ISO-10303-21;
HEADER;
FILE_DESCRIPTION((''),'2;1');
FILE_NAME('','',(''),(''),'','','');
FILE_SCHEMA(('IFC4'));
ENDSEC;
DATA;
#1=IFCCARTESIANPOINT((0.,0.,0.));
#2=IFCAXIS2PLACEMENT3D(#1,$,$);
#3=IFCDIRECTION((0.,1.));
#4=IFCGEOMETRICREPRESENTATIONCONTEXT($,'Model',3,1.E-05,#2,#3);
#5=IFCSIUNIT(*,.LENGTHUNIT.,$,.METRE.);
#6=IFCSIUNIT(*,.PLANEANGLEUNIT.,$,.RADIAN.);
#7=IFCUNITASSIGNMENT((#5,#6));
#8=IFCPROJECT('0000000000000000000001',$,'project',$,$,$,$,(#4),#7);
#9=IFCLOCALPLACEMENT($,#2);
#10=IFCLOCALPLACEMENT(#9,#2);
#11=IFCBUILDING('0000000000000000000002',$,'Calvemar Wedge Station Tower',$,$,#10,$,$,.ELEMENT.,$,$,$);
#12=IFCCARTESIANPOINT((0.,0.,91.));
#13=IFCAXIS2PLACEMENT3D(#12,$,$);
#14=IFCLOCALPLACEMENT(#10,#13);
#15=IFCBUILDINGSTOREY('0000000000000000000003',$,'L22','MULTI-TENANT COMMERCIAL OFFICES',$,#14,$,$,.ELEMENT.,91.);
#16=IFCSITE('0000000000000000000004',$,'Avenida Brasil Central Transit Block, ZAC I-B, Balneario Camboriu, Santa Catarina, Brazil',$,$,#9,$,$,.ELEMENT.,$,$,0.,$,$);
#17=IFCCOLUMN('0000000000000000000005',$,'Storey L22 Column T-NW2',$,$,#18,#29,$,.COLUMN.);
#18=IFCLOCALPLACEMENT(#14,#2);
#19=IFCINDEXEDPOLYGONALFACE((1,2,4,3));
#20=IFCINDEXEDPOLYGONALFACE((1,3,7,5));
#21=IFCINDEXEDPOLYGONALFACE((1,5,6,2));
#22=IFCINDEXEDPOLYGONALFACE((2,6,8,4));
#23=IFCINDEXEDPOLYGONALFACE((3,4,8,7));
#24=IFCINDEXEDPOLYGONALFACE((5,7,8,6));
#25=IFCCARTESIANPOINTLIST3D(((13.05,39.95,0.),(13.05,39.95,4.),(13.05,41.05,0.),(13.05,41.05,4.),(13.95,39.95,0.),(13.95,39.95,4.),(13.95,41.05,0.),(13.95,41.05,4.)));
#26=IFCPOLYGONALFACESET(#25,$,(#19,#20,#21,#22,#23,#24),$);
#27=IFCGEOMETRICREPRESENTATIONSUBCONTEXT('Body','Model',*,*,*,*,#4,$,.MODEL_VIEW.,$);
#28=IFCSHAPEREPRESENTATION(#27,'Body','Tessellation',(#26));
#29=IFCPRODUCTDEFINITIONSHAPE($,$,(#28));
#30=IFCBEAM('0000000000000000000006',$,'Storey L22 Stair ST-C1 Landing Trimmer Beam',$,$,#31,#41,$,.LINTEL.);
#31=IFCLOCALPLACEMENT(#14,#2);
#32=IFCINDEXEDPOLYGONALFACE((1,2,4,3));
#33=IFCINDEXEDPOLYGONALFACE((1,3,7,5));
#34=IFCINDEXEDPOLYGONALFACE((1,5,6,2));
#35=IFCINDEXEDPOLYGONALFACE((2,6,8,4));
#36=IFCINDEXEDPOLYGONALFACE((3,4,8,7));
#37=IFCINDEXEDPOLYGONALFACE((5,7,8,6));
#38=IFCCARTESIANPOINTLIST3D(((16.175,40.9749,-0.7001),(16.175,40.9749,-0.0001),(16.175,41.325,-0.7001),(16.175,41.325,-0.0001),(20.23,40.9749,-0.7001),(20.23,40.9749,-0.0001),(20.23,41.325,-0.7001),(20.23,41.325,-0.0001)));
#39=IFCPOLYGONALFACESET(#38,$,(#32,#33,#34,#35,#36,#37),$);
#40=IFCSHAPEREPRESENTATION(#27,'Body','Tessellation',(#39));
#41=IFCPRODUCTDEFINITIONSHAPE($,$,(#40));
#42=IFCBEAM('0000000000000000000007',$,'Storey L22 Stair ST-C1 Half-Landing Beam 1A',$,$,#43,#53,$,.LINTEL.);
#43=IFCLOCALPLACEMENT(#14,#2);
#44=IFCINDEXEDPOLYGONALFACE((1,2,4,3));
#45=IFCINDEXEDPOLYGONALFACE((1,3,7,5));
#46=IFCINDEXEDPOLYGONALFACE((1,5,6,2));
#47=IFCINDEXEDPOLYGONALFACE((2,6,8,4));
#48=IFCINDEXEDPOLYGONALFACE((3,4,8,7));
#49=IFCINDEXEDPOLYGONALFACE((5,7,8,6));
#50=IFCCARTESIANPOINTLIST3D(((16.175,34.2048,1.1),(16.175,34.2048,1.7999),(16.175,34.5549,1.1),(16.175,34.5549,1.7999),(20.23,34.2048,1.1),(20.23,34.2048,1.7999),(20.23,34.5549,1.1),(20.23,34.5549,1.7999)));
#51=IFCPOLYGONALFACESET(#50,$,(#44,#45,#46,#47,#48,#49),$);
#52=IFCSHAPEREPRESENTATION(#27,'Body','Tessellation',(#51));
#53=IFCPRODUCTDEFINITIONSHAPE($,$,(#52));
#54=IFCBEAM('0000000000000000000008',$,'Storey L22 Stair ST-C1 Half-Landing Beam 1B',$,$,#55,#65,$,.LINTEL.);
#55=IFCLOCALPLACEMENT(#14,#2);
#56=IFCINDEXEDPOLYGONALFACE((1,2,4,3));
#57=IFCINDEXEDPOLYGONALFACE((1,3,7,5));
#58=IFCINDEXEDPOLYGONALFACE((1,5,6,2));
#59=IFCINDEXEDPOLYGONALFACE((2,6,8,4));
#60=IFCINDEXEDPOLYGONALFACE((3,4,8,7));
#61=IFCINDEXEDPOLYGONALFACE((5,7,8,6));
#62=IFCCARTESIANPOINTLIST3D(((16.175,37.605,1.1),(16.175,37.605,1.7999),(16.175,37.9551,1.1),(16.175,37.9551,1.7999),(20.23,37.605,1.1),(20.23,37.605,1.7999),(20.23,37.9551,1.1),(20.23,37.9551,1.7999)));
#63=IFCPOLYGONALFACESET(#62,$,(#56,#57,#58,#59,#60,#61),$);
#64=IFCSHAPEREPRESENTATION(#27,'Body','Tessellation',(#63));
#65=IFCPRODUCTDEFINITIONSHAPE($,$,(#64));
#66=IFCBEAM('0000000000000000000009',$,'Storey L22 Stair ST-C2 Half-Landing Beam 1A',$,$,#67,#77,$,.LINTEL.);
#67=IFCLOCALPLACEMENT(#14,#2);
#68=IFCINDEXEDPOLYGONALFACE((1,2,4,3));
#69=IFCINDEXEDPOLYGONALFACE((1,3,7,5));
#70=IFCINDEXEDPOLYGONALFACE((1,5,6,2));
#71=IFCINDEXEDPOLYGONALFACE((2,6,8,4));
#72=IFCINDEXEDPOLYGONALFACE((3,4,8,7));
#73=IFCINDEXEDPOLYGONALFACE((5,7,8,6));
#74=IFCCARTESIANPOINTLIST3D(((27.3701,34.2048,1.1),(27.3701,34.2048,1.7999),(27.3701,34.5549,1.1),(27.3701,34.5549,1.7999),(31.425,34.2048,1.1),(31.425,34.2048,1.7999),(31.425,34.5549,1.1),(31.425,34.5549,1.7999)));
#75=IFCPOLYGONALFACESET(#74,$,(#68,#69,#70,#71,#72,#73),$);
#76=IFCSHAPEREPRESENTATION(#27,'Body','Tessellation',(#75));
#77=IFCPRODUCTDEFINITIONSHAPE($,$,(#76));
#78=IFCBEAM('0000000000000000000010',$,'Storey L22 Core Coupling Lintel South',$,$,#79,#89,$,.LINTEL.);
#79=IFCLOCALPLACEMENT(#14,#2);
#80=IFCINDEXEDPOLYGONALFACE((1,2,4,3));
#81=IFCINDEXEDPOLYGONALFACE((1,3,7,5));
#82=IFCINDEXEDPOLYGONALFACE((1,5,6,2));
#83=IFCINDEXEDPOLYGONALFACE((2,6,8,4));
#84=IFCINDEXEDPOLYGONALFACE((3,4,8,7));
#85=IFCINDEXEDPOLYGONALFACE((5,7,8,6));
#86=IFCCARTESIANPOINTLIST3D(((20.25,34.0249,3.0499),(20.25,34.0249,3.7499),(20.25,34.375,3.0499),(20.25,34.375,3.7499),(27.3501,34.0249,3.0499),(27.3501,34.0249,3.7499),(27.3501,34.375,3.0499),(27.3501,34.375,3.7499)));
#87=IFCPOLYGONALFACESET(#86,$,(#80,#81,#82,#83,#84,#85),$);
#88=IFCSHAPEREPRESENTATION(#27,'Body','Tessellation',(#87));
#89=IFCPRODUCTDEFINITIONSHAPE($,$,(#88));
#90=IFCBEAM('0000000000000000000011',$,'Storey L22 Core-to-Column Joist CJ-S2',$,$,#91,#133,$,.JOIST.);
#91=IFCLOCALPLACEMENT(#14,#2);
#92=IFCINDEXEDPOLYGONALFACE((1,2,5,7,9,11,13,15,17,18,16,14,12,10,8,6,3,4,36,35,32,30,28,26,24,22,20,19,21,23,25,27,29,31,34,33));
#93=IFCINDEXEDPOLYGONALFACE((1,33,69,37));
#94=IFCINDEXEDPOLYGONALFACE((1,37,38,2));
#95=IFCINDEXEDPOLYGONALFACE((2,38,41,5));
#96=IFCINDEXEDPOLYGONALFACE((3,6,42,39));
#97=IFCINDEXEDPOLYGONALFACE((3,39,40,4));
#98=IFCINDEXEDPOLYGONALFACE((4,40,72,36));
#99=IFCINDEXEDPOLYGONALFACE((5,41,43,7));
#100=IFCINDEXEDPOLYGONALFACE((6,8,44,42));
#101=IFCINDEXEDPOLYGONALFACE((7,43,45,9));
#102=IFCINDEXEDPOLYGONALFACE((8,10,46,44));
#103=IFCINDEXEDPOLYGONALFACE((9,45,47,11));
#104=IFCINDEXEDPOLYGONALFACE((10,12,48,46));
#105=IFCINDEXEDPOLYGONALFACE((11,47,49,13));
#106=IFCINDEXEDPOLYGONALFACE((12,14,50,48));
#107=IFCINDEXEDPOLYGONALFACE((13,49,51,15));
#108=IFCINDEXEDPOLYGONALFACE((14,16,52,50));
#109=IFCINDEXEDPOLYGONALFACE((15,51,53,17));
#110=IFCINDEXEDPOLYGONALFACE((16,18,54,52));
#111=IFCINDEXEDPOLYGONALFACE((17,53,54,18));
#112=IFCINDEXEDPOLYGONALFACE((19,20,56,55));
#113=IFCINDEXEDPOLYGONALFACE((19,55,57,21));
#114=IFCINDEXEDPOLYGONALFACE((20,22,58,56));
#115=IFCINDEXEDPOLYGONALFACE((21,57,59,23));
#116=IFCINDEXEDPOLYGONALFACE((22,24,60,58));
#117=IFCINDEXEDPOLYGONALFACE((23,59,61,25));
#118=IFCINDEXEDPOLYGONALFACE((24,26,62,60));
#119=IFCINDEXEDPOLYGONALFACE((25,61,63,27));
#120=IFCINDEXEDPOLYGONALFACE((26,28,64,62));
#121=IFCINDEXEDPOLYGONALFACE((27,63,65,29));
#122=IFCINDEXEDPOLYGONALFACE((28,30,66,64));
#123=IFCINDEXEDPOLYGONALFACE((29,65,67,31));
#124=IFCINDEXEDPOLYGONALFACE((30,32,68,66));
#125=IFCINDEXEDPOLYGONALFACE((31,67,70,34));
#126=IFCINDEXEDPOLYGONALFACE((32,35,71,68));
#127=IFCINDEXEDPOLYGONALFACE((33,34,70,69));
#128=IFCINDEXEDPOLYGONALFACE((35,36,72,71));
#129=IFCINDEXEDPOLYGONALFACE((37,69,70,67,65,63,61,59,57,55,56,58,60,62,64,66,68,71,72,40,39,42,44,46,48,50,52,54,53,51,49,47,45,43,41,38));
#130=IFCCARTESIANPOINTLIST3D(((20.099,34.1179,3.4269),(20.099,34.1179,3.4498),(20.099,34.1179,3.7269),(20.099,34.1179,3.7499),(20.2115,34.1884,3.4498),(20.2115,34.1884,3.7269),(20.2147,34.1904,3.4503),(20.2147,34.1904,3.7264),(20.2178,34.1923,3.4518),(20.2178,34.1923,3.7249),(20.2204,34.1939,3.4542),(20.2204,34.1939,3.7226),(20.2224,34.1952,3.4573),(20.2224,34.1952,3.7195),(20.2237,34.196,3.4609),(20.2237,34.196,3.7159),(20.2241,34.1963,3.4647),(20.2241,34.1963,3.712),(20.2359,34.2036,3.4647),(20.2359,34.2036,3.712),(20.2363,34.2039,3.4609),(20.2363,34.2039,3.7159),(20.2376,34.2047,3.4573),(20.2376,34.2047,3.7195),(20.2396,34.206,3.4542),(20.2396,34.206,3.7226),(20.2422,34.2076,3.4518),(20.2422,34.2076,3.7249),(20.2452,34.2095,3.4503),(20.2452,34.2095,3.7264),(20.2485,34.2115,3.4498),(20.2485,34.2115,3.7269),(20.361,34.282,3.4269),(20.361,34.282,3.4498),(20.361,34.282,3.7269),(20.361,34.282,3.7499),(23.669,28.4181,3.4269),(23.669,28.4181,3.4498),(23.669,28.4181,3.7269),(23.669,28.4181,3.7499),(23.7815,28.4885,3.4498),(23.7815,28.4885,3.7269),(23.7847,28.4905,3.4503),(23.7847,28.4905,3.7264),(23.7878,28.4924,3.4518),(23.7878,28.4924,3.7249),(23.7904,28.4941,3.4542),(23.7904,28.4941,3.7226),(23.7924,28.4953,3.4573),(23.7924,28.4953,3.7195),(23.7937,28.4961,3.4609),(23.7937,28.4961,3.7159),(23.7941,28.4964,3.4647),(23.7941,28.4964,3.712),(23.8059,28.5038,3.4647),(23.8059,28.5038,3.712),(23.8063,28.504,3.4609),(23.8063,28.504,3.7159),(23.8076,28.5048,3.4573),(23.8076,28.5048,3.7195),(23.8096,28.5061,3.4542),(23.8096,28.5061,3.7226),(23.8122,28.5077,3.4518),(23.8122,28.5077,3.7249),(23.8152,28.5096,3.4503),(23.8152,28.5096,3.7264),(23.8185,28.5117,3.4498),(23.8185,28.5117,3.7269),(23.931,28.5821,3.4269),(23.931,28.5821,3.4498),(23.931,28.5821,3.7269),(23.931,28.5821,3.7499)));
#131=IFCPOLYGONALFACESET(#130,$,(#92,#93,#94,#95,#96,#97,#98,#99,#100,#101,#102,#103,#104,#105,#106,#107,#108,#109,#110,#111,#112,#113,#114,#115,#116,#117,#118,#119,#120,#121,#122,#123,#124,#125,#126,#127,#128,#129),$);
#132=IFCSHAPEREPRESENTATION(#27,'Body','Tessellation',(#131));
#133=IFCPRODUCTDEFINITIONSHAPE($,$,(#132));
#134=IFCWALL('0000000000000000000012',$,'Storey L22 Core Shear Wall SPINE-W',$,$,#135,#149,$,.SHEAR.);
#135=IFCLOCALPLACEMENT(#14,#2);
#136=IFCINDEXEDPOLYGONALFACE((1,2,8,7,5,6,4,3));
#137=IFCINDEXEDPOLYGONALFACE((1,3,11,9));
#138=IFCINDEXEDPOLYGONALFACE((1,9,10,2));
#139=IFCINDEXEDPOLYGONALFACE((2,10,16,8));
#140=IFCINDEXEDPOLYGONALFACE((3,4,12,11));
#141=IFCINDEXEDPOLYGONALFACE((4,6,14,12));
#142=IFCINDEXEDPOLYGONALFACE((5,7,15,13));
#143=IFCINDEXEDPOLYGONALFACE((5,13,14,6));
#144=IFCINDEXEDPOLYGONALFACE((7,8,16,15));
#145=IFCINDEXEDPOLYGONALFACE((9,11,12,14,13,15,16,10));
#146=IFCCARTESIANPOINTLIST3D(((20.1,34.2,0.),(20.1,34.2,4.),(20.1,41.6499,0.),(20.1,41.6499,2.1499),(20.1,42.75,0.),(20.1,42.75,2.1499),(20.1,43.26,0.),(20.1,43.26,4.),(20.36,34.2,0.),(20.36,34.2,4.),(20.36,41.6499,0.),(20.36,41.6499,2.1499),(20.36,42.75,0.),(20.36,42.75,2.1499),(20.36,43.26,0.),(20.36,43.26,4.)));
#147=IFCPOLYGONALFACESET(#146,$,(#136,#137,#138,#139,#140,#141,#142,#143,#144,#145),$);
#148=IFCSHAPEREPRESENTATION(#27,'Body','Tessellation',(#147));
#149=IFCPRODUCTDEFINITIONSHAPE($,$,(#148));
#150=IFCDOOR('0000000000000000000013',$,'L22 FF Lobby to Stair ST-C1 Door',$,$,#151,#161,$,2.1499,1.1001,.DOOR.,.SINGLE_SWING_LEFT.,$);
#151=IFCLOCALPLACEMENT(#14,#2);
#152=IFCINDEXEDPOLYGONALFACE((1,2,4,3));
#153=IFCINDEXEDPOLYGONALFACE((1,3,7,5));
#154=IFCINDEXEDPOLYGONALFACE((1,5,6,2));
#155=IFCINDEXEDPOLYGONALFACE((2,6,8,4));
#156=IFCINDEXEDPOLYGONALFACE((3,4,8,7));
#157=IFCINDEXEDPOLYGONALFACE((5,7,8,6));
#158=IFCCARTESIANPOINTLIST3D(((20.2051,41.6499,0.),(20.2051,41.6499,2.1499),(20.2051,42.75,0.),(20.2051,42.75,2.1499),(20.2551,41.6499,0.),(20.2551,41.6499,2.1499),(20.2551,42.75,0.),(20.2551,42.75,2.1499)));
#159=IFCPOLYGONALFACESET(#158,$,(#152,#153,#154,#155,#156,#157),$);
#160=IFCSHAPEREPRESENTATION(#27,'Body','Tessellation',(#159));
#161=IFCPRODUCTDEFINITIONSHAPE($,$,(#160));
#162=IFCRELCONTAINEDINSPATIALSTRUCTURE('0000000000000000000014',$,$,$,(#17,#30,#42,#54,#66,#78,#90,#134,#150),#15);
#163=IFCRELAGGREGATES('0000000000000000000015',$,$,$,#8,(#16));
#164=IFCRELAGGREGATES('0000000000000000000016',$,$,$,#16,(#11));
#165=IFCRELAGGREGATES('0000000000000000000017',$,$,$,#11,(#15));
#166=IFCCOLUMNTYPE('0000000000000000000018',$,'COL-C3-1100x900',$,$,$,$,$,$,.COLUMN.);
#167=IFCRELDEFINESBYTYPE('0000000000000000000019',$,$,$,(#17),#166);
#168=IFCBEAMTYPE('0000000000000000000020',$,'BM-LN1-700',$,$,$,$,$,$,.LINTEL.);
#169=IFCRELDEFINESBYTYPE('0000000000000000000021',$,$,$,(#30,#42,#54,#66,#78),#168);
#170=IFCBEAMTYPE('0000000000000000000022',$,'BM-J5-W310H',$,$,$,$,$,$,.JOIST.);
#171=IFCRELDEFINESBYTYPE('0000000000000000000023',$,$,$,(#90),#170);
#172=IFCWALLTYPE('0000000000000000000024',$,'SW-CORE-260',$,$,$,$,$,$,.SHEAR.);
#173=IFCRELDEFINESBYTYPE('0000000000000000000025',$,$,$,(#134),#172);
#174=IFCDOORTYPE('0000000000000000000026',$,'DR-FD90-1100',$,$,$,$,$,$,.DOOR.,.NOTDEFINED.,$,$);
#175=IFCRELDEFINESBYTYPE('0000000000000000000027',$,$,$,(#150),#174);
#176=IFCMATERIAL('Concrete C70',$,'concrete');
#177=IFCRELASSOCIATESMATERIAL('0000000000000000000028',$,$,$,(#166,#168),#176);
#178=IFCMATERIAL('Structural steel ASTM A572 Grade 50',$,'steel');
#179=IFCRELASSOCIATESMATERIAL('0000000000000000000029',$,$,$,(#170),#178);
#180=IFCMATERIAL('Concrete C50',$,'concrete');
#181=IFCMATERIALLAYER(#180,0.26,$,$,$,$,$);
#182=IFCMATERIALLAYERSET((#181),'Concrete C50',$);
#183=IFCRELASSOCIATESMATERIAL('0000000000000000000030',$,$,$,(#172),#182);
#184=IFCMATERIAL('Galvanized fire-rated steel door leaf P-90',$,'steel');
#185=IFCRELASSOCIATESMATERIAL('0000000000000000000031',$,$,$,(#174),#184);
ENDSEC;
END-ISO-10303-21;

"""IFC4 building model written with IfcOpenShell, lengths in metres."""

from ifc_helpers import new_model, si_unit, direction, frame, frame_2d, origin, origin_2d, place, context, subcontext, project, spatial, rectangle, i_section, extrude, source, transform, mapped, material, layer, layer_set, material_profile, profile_set, type_object, element, fill, save


model = new_model("IFC4")

# Units and contexts
model_context = context("Model", 3, precision=1e-05, world=origin(), true_north=direction((0.0, 1.0)))
body_context = subcontext(model_context, "Body", "Model", "MODEL_VIEW")
ifc_project = project(units=[si_unit("LENGTHUNIT", "METRE"), si_unit("PLANEANGLEUNIT", "RADIAN")], contexts=[model_context])

# Site, building, storey
site_placement = place(None, origin())
site = spatial("IfcSite", under=ifc_project, at=site_placement, Name="Avenida Brasil Central Transit Block, ZAC I-B, Balneario Camboriu, Santa Catarina, Brazil", CompositionType="ELEMENT", RefElevation=0.0)
building_placement = place(site_placement, origin())
building = spatial("IfcBuilding", under=site, at=building_placement, Name="Calvemar Wedge Station Tower", CompositionType="ELEMENT")
storey_placement = place(building_placement, frame((0.0, 0.0, 91.0)))
storey = spatial("IfcBuildingStorey", under=building, at=storey_placement, Name="L22", Description="MULTI-TENANT COMMERCIAL OFFICES", CompositionType="ELEMENT", Elevation=91.0)

# Column
ifc_material_1 = material(Name="Concrete C70", Category="concrete")
ifc_material_profile_1 = material_profile(ifc_material_1, rectangle(XDim=0.8999, YDim=1.1001, at=origin_2d()), Name="RC1100x900")
ifc_profile_set_1 = profile_set([ifc_material_profile_1], Name="Concrete C70")
column_type = type_object("IfcColumnType", Name="COL-C3-1100x900", PredefinedType="COLUMN", material=ifc_profile_set_1)
shared_shape_1 = source(origin(), body_context, "Body", "SweptSolid", [
    extrude(rectangle(XDim=0.8999, YDim=1.1001, at=origin_2d()), origin(), (0.0, 0.0, 1.0), 4.0),
])
column_placement = place(storey_placement, frame((13.5, 40.5, 0.0), z_axis=(0.0, 0.0, 1.0), x_axis=(1.0, 0.0, 0.0)))
element("IfcColumn", 1, at=column_placement, inside=storey, type_object=column_type, Name="Storey L22 Column T-NW2", PredefinedType="COLUMN", context=body_context, shape_type="MappedRepresentation", body=[
    mapped(shared_shape_1, transform((0.0, 0.0, 0.0), scale=1.0)),
])

# Beams
ifc_material_profile_2 = material_profile(ifc_material_1, rectangle(XDim=0.3501, YDim=0.7, at=origin_2d()), Name="RC350x700")
ifc_profile_set_2 = profile_set([ifc_material_profile_2], Name="Concrete C70")
beam_type_1 = type_object("IfcBeamType", Name="BM-LN1-700", PredefinedType="LINTEL", material=ifc_profile_set_2)
shared_shape_2 = source(origin(), body_context, "Body", "SweptSolid", [
    extrude(rectangle(XDim=0.3501, YDim=0.7, at=origin_2d()), origin(), (0.0, 0.0, 1.0), 4.0549),
])
for number, where, z_axis, x_axis, name in (
    (2, (16.175, 41.1499, -0.3501), (1.0, 0.0, 0.0), (0.0, 1.0, 0.0), "Storey L22 Stair ST-C1 Landing Trimmer Beam"),
    (3, (16.175, 34.3799, 1.45), (1.0, 0.0, 0.0), (0.0, 1.0, 0.0), "Storey L22 Stair ST-C1 Half-Landing Beam 1A"),
    (4, (16.175, 37.78, 1.45), (1.0, 0.0, 0.0), (0.0, 1.0, 0.0), "Storey L22 Stair ST-C1 Half-Landing Beam 1B"),
    (5, (27.3701, 34.3799, 1.45), (1.0, 0.0, 0.0), (0.0, 1.0, 0.0), "Storey L22 Stair ST-C2 Half-Landing Beam 1A"),
):
    element("IfcBeam", number, at=place(storey_placement, frame(where, z_axis=z_axis, x_axis=x_axis)), inside=storey, type_object=beam_type_1, Name=name, PredefinedType="LINTEL", context=body_context, shape_type="MappedRepresentation", body=[
        mapped(shared_shape_2, transform((0.0, 0.0, 0.0), scale=1.0)),
    ])
shared_shape_3 = source(origin(), body_context, "Body", "SweptSolid", [
    extrude(rectangle(XDim=0.3501, YDim=0.7, at=origin_2d()), origin(), (0.0, 0.0, 1.0), 7.1001),
])
beam_1_placement = place(storey_placement, frame((20.25, 34.2, 3.3999), z_axis=(1.0, 0.0, 0.0), x_axis=(0.0, 1.0, 0.0)))
element("IfcBeam", 6, at=beam_1_placement, inside=storey, type_object=beam_type_1, Name="Storey L22 Core Coupling Lintel South", PredefinedType="LINTEL", context=body_context, shape_type="MappedRepresentation", body=[
    mapped(shared_shape_3, transform((0.0, 0.0, 0.0), scale=1.0)),
])
ifc_material_2 = material(Name="Structural steel ASTM A572 Grade 50", Category="steel")
ifc_material_profile_3 = material_profile(ifc_material_2, i_section(OverallWidth=0.3091, OverallDepth=0.323, WebThickness=0.0139, FlangeThickness=0.0229, FilletRadius=0.0149, at=origin_2d()), Name="W310x143")
ifc_profile_set_3 = profile_set([ifc_material_profile_3], Name="Structural steel ASTM A572 Grade 50")
beam_type_2 = type_object("IfcBeamType", Name="BM-J5-W310H", PredefinedType="JOIST", material=ifc_profile_set_3)
shared_shape_4 = source(origin(), body_context, "Body", "SweptSolid", [
    extrude(i_section(OverallWidth=0.3091, OverallDepth=0.323, WebThickness=0.0139, FlangeThickness=0.0229, FilletRadius=0.0149, at=origin_2d()), origin(), (0.0, 0.0, 1.0), 6.7256),
])
beam_2_placement = place(storey_placement, frame((20.23, 34.2, 3.5884), z_axis=(0.530811, -0.84749, 0.0), x_axis=(0.84749, 0.530811, 0.0)))
element("IfcBeam", 7, at=beam_2_placement, inside=storey, type_object=beam_type_2, Name="Storey L22 Core-to-Column Joist CJ-S2", PredefinedType="JOIST", context=body_context, shape_type="MappedRepresentation", body=[
    mapped(shared_shape_4, transform((0.0, 0.0, 0.0), scale=1.0)),
])

# Wall, opening, door
ifc_material_3 = material(Name="Concrete C50", Category="concrete")
ifc_layer_1 = layer(ifc_material_3, 0.26)
ifc_layer_set_1 = layer_set([ifc_layer_1], Name="Concrete C50")
wall_type_1 = type_object("IfcWallType", Name="SW-CORE-260", PredefinedType="SHEAR", material=ifc_layer_set_1)
wall_1_placement = place(storey_placement, frame((20.23, 34.2, 0.0), z_axis=(0.0, 0.0, 1.0), x_axis=(0.0, 1.0, 0.0)))
wall_1 = element("IfcWall", 8, at=wall_1_placement, inside=storey, type_object=wall_type_1, Name="Storey L22 Core Shear Wall SPINE-W", PredefinedType="SHEAR", context=body_context, shape_type="SweptSolid", body=[
    extrude(rectangle(XDim=9.0601, YDim=0.26, at=frame_2d((4.53, 0.0))), origin(), (0.0, 0.0, 1.0), 4.0),
])
shared_shape_5 = source(origin(), body_context, "Body", "SweptSolid", [
    extrude(rectangle(XDim=1.1001, YDim=2.1499, at=frame_2d((0.55, 1.075))), frame((0.0, 0.1401, 0.0), z_axis=(0.0, -1.0, 0.0), x_axis=(1.0, 0.0, 0.0)), (0.0, 0.0, 1.0), 0.28),
])
opening_1_placement = place(wall_1_placement, frame((7.45, 0.0, 0.0)))
opening_1 = element("IfcOpeningElement", 9, at=opening_1_placement, cuts=wall_1, PredefinedType="OPENING", context=body_context, shape_type="MappedRepresentation", body=[
    mapped(shared_shape_5, transform((0.0, 0.0, 0.0), scale=1.0)),
])
ifc_material_4 = material(Name="Galvanized fire-rated steel door leaf P-90", Category="steel")
door_type_1 = type_object("IfcDoorType", Name="DR-FD90-1100", OperationType="NOTDEFINED", PredefinedType="DOOR", material=ifc_material_4)
shared_shape_6 = source(origin(), body_context, "Body", "SweptSolid", [
    extrude(rectangle(XDim=1.1001, YDim=2.1499, at=frame_2d((0.55, 1.075))), frame((0.0, 0.0249, 0.0), z_axis=(0.0, -1.0, 0.0), x_axis=(1.0, 0.0, 0.0)), (0.0, 0.0, 1.0), 0.05),
])
door_1_placement = place(opening_1_placement, origin())
door_1 = element("IfcDoor", 10, at=door_1_placement, inside=storey, type_object=door_type_1, Name="L22 FF Lobby to Stair ST-C1 Door", OperationType="SINGLE_SWING_LEFT", OverallHeight=2.1499, OverallWidth=1.1001, PredefinedType="DOOR", context=body_context, shape_type="MappedRepresentation", body=[
    mapped(shared_shape_6, transform((0.0, 0.0, 0.0), scale=1.0)),
])
fill(opening_1, door_1)

save(model, "model.ifc")
